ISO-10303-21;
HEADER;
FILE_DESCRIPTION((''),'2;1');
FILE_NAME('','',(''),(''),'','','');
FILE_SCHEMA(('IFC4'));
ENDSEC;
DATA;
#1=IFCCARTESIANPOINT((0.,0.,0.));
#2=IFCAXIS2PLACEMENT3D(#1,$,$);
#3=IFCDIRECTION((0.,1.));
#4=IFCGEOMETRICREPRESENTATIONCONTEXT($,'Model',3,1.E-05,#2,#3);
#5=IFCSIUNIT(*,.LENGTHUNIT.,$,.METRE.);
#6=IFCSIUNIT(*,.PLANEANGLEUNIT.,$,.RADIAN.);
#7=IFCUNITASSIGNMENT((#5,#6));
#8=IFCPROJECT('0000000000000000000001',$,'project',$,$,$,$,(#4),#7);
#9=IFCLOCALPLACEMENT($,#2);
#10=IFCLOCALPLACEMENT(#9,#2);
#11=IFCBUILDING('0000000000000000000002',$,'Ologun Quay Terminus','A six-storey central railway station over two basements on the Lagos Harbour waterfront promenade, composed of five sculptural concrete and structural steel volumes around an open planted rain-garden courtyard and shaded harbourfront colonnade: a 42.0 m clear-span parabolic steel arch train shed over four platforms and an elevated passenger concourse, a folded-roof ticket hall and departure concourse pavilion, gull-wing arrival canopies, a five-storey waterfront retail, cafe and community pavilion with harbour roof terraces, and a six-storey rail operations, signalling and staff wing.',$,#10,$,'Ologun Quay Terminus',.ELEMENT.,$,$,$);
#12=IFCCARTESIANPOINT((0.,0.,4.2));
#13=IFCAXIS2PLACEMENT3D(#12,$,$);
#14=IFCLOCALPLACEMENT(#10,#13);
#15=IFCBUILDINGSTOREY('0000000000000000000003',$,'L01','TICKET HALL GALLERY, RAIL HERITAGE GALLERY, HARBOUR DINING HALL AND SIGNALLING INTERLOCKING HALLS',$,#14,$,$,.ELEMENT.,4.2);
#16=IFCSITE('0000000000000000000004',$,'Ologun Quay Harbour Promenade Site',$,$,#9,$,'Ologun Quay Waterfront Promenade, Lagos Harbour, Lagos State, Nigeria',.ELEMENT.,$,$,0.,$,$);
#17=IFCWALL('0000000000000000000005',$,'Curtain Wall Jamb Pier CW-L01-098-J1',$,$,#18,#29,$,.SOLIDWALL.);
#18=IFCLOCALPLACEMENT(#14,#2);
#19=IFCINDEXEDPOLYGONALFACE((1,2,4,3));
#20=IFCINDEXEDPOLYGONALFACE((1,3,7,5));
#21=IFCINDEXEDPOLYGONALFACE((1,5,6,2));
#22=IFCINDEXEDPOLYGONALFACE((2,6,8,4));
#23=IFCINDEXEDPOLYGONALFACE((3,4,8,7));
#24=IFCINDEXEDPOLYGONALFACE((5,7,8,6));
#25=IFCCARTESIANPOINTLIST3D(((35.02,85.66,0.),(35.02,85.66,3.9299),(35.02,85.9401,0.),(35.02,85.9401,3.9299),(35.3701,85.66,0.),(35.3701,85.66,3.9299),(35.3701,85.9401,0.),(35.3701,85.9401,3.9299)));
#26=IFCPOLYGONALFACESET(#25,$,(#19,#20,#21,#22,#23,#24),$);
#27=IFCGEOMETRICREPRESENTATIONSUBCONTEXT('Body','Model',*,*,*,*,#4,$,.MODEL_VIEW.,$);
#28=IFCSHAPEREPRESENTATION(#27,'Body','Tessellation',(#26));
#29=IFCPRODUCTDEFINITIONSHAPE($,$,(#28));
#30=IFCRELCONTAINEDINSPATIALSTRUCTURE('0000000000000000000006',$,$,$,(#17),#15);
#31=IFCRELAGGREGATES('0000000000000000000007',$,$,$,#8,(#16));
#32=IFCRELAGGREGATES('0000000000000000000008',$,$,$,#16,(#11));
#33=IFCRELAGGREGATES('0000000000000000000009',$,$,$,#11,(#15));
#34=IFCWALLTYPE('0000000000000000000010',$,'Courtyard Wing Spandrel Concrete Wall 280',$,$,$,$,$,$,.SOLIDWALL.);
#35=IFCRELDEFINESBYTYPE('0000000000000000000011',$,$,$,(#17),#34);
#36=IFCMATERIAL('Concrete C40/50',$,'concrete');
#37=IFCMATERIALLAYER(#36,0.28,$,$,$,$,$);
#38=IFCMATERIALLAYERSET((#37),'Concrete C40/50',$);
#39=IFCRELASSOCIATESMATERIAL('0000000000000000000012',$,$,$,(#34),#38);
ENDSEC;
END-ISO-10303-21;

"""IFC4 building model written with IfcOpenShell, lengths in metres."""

from ifc_helpers import new_model, si_unit, direction, frame, frame_2d, origin, place, context, subcontext, project, spatial, rectangle, extrude, material, layer, layer_set, type_object, element, save


model = new_model("IFC4")

# Units and contexts
model_context = context("Model", 3, precision=1e-05, world=origin(), true_north=direction((0.0, 1.0)))
body_context = subcontext(model_context, "Body", "Model", "MODEL_VIEW")
ifc_project = project(units=[si_unit("LENGTHUNIT", "METRE"), si_unit("PLANEANGLEUNIT", "RADIAN")], contexts=[model_context])

# Site, building, storey
site_placement = place(None, origin())
site = spatial("IfcSite", under=ifc_project, at=site_placement, Name="Ologun Quay Harbour Promenade Site", LongName="Ologun Quay Waterfront Promenade, Lagos Harbour, Lagos State, Nigeria", CompositionType="ELEMENT", RefElevation=0.0)
building_placement = place(site_placement, origin())
building = spatial("IfcBuilding", under=site, at=building_placement, Name="Ologun Quay Terminus", Description="A six-storey central railway station over two basements on the Lagos Harbour waterfront promenade, composed of five sculptural concrete and structural steel volumes around an open planted rain-garden courtyard and shaded harbourfront colonnade: a 42.0 m clear-span parabolic steel arch train shed over four platforms and an elevated passenger concourse, a folded-roof ticket hall and departure concourse pavilion, gull-wing arrival canopies, a five-storey waterfront retail, cafe and community pavilion with harbour roof terraces, and a six-storey rail operations, signalling and staff wing.", LongName="Ologun Quay Terminus", CompositionType="ELEMENT")
storey_placement = place(building_placement, frame((0.0, 0.0, 4.2)))
storey = spatial("IfcBuildingStorey", under=building, at=storey_placement, Name="L01", Description="TICKET HALL GALLERY, RAIL HERITAGE GALLERY, HARBOUR DINING HALL AND SIGNALLING INTERLOCKING HALLS", CompositionType="ELEMENT", Elevation=4.2)

# Wall
ifc_material_1 = material(Name="Concrete C40/50", Category="concrete")
ifc_layer_1 = layer(ifc_material_1, 0.28)
ifc_layer_set_1 = layer_set([ifc_layer_1], Name="Concrete C40/50")
wall_type_1 = type_object("IfcWallType", Name="Courtyard Wing Spandrel Concrete Wall 280", PredefinedType="SOLIDWALL", material=ifc_layer_set_1)
wall_1_placement = place(storey_placement, frame((35.02, 85.8, 0.0), z_axis=(0.0, 0.0, 1.0), x_axis=(1.0, 0.0, 0.0)))
element("IfcWall", 1, at=wall_1_placement, inside=storey, type_object=wall_type_1, Name="Curtain Wall Jamb Pier CW-L01-098-J1", PredefinedType="SOLIDWALL", context=body_context, shape_type="SweptSolid", body=[
    extrude(rectangle(XDim=0.3501, YDim=0.28, at=frame_2d((0.175, 0.0))), origin(), (0.0, 0.0, 1.0), 3.9299),
])

save(model, "model.ifc")
